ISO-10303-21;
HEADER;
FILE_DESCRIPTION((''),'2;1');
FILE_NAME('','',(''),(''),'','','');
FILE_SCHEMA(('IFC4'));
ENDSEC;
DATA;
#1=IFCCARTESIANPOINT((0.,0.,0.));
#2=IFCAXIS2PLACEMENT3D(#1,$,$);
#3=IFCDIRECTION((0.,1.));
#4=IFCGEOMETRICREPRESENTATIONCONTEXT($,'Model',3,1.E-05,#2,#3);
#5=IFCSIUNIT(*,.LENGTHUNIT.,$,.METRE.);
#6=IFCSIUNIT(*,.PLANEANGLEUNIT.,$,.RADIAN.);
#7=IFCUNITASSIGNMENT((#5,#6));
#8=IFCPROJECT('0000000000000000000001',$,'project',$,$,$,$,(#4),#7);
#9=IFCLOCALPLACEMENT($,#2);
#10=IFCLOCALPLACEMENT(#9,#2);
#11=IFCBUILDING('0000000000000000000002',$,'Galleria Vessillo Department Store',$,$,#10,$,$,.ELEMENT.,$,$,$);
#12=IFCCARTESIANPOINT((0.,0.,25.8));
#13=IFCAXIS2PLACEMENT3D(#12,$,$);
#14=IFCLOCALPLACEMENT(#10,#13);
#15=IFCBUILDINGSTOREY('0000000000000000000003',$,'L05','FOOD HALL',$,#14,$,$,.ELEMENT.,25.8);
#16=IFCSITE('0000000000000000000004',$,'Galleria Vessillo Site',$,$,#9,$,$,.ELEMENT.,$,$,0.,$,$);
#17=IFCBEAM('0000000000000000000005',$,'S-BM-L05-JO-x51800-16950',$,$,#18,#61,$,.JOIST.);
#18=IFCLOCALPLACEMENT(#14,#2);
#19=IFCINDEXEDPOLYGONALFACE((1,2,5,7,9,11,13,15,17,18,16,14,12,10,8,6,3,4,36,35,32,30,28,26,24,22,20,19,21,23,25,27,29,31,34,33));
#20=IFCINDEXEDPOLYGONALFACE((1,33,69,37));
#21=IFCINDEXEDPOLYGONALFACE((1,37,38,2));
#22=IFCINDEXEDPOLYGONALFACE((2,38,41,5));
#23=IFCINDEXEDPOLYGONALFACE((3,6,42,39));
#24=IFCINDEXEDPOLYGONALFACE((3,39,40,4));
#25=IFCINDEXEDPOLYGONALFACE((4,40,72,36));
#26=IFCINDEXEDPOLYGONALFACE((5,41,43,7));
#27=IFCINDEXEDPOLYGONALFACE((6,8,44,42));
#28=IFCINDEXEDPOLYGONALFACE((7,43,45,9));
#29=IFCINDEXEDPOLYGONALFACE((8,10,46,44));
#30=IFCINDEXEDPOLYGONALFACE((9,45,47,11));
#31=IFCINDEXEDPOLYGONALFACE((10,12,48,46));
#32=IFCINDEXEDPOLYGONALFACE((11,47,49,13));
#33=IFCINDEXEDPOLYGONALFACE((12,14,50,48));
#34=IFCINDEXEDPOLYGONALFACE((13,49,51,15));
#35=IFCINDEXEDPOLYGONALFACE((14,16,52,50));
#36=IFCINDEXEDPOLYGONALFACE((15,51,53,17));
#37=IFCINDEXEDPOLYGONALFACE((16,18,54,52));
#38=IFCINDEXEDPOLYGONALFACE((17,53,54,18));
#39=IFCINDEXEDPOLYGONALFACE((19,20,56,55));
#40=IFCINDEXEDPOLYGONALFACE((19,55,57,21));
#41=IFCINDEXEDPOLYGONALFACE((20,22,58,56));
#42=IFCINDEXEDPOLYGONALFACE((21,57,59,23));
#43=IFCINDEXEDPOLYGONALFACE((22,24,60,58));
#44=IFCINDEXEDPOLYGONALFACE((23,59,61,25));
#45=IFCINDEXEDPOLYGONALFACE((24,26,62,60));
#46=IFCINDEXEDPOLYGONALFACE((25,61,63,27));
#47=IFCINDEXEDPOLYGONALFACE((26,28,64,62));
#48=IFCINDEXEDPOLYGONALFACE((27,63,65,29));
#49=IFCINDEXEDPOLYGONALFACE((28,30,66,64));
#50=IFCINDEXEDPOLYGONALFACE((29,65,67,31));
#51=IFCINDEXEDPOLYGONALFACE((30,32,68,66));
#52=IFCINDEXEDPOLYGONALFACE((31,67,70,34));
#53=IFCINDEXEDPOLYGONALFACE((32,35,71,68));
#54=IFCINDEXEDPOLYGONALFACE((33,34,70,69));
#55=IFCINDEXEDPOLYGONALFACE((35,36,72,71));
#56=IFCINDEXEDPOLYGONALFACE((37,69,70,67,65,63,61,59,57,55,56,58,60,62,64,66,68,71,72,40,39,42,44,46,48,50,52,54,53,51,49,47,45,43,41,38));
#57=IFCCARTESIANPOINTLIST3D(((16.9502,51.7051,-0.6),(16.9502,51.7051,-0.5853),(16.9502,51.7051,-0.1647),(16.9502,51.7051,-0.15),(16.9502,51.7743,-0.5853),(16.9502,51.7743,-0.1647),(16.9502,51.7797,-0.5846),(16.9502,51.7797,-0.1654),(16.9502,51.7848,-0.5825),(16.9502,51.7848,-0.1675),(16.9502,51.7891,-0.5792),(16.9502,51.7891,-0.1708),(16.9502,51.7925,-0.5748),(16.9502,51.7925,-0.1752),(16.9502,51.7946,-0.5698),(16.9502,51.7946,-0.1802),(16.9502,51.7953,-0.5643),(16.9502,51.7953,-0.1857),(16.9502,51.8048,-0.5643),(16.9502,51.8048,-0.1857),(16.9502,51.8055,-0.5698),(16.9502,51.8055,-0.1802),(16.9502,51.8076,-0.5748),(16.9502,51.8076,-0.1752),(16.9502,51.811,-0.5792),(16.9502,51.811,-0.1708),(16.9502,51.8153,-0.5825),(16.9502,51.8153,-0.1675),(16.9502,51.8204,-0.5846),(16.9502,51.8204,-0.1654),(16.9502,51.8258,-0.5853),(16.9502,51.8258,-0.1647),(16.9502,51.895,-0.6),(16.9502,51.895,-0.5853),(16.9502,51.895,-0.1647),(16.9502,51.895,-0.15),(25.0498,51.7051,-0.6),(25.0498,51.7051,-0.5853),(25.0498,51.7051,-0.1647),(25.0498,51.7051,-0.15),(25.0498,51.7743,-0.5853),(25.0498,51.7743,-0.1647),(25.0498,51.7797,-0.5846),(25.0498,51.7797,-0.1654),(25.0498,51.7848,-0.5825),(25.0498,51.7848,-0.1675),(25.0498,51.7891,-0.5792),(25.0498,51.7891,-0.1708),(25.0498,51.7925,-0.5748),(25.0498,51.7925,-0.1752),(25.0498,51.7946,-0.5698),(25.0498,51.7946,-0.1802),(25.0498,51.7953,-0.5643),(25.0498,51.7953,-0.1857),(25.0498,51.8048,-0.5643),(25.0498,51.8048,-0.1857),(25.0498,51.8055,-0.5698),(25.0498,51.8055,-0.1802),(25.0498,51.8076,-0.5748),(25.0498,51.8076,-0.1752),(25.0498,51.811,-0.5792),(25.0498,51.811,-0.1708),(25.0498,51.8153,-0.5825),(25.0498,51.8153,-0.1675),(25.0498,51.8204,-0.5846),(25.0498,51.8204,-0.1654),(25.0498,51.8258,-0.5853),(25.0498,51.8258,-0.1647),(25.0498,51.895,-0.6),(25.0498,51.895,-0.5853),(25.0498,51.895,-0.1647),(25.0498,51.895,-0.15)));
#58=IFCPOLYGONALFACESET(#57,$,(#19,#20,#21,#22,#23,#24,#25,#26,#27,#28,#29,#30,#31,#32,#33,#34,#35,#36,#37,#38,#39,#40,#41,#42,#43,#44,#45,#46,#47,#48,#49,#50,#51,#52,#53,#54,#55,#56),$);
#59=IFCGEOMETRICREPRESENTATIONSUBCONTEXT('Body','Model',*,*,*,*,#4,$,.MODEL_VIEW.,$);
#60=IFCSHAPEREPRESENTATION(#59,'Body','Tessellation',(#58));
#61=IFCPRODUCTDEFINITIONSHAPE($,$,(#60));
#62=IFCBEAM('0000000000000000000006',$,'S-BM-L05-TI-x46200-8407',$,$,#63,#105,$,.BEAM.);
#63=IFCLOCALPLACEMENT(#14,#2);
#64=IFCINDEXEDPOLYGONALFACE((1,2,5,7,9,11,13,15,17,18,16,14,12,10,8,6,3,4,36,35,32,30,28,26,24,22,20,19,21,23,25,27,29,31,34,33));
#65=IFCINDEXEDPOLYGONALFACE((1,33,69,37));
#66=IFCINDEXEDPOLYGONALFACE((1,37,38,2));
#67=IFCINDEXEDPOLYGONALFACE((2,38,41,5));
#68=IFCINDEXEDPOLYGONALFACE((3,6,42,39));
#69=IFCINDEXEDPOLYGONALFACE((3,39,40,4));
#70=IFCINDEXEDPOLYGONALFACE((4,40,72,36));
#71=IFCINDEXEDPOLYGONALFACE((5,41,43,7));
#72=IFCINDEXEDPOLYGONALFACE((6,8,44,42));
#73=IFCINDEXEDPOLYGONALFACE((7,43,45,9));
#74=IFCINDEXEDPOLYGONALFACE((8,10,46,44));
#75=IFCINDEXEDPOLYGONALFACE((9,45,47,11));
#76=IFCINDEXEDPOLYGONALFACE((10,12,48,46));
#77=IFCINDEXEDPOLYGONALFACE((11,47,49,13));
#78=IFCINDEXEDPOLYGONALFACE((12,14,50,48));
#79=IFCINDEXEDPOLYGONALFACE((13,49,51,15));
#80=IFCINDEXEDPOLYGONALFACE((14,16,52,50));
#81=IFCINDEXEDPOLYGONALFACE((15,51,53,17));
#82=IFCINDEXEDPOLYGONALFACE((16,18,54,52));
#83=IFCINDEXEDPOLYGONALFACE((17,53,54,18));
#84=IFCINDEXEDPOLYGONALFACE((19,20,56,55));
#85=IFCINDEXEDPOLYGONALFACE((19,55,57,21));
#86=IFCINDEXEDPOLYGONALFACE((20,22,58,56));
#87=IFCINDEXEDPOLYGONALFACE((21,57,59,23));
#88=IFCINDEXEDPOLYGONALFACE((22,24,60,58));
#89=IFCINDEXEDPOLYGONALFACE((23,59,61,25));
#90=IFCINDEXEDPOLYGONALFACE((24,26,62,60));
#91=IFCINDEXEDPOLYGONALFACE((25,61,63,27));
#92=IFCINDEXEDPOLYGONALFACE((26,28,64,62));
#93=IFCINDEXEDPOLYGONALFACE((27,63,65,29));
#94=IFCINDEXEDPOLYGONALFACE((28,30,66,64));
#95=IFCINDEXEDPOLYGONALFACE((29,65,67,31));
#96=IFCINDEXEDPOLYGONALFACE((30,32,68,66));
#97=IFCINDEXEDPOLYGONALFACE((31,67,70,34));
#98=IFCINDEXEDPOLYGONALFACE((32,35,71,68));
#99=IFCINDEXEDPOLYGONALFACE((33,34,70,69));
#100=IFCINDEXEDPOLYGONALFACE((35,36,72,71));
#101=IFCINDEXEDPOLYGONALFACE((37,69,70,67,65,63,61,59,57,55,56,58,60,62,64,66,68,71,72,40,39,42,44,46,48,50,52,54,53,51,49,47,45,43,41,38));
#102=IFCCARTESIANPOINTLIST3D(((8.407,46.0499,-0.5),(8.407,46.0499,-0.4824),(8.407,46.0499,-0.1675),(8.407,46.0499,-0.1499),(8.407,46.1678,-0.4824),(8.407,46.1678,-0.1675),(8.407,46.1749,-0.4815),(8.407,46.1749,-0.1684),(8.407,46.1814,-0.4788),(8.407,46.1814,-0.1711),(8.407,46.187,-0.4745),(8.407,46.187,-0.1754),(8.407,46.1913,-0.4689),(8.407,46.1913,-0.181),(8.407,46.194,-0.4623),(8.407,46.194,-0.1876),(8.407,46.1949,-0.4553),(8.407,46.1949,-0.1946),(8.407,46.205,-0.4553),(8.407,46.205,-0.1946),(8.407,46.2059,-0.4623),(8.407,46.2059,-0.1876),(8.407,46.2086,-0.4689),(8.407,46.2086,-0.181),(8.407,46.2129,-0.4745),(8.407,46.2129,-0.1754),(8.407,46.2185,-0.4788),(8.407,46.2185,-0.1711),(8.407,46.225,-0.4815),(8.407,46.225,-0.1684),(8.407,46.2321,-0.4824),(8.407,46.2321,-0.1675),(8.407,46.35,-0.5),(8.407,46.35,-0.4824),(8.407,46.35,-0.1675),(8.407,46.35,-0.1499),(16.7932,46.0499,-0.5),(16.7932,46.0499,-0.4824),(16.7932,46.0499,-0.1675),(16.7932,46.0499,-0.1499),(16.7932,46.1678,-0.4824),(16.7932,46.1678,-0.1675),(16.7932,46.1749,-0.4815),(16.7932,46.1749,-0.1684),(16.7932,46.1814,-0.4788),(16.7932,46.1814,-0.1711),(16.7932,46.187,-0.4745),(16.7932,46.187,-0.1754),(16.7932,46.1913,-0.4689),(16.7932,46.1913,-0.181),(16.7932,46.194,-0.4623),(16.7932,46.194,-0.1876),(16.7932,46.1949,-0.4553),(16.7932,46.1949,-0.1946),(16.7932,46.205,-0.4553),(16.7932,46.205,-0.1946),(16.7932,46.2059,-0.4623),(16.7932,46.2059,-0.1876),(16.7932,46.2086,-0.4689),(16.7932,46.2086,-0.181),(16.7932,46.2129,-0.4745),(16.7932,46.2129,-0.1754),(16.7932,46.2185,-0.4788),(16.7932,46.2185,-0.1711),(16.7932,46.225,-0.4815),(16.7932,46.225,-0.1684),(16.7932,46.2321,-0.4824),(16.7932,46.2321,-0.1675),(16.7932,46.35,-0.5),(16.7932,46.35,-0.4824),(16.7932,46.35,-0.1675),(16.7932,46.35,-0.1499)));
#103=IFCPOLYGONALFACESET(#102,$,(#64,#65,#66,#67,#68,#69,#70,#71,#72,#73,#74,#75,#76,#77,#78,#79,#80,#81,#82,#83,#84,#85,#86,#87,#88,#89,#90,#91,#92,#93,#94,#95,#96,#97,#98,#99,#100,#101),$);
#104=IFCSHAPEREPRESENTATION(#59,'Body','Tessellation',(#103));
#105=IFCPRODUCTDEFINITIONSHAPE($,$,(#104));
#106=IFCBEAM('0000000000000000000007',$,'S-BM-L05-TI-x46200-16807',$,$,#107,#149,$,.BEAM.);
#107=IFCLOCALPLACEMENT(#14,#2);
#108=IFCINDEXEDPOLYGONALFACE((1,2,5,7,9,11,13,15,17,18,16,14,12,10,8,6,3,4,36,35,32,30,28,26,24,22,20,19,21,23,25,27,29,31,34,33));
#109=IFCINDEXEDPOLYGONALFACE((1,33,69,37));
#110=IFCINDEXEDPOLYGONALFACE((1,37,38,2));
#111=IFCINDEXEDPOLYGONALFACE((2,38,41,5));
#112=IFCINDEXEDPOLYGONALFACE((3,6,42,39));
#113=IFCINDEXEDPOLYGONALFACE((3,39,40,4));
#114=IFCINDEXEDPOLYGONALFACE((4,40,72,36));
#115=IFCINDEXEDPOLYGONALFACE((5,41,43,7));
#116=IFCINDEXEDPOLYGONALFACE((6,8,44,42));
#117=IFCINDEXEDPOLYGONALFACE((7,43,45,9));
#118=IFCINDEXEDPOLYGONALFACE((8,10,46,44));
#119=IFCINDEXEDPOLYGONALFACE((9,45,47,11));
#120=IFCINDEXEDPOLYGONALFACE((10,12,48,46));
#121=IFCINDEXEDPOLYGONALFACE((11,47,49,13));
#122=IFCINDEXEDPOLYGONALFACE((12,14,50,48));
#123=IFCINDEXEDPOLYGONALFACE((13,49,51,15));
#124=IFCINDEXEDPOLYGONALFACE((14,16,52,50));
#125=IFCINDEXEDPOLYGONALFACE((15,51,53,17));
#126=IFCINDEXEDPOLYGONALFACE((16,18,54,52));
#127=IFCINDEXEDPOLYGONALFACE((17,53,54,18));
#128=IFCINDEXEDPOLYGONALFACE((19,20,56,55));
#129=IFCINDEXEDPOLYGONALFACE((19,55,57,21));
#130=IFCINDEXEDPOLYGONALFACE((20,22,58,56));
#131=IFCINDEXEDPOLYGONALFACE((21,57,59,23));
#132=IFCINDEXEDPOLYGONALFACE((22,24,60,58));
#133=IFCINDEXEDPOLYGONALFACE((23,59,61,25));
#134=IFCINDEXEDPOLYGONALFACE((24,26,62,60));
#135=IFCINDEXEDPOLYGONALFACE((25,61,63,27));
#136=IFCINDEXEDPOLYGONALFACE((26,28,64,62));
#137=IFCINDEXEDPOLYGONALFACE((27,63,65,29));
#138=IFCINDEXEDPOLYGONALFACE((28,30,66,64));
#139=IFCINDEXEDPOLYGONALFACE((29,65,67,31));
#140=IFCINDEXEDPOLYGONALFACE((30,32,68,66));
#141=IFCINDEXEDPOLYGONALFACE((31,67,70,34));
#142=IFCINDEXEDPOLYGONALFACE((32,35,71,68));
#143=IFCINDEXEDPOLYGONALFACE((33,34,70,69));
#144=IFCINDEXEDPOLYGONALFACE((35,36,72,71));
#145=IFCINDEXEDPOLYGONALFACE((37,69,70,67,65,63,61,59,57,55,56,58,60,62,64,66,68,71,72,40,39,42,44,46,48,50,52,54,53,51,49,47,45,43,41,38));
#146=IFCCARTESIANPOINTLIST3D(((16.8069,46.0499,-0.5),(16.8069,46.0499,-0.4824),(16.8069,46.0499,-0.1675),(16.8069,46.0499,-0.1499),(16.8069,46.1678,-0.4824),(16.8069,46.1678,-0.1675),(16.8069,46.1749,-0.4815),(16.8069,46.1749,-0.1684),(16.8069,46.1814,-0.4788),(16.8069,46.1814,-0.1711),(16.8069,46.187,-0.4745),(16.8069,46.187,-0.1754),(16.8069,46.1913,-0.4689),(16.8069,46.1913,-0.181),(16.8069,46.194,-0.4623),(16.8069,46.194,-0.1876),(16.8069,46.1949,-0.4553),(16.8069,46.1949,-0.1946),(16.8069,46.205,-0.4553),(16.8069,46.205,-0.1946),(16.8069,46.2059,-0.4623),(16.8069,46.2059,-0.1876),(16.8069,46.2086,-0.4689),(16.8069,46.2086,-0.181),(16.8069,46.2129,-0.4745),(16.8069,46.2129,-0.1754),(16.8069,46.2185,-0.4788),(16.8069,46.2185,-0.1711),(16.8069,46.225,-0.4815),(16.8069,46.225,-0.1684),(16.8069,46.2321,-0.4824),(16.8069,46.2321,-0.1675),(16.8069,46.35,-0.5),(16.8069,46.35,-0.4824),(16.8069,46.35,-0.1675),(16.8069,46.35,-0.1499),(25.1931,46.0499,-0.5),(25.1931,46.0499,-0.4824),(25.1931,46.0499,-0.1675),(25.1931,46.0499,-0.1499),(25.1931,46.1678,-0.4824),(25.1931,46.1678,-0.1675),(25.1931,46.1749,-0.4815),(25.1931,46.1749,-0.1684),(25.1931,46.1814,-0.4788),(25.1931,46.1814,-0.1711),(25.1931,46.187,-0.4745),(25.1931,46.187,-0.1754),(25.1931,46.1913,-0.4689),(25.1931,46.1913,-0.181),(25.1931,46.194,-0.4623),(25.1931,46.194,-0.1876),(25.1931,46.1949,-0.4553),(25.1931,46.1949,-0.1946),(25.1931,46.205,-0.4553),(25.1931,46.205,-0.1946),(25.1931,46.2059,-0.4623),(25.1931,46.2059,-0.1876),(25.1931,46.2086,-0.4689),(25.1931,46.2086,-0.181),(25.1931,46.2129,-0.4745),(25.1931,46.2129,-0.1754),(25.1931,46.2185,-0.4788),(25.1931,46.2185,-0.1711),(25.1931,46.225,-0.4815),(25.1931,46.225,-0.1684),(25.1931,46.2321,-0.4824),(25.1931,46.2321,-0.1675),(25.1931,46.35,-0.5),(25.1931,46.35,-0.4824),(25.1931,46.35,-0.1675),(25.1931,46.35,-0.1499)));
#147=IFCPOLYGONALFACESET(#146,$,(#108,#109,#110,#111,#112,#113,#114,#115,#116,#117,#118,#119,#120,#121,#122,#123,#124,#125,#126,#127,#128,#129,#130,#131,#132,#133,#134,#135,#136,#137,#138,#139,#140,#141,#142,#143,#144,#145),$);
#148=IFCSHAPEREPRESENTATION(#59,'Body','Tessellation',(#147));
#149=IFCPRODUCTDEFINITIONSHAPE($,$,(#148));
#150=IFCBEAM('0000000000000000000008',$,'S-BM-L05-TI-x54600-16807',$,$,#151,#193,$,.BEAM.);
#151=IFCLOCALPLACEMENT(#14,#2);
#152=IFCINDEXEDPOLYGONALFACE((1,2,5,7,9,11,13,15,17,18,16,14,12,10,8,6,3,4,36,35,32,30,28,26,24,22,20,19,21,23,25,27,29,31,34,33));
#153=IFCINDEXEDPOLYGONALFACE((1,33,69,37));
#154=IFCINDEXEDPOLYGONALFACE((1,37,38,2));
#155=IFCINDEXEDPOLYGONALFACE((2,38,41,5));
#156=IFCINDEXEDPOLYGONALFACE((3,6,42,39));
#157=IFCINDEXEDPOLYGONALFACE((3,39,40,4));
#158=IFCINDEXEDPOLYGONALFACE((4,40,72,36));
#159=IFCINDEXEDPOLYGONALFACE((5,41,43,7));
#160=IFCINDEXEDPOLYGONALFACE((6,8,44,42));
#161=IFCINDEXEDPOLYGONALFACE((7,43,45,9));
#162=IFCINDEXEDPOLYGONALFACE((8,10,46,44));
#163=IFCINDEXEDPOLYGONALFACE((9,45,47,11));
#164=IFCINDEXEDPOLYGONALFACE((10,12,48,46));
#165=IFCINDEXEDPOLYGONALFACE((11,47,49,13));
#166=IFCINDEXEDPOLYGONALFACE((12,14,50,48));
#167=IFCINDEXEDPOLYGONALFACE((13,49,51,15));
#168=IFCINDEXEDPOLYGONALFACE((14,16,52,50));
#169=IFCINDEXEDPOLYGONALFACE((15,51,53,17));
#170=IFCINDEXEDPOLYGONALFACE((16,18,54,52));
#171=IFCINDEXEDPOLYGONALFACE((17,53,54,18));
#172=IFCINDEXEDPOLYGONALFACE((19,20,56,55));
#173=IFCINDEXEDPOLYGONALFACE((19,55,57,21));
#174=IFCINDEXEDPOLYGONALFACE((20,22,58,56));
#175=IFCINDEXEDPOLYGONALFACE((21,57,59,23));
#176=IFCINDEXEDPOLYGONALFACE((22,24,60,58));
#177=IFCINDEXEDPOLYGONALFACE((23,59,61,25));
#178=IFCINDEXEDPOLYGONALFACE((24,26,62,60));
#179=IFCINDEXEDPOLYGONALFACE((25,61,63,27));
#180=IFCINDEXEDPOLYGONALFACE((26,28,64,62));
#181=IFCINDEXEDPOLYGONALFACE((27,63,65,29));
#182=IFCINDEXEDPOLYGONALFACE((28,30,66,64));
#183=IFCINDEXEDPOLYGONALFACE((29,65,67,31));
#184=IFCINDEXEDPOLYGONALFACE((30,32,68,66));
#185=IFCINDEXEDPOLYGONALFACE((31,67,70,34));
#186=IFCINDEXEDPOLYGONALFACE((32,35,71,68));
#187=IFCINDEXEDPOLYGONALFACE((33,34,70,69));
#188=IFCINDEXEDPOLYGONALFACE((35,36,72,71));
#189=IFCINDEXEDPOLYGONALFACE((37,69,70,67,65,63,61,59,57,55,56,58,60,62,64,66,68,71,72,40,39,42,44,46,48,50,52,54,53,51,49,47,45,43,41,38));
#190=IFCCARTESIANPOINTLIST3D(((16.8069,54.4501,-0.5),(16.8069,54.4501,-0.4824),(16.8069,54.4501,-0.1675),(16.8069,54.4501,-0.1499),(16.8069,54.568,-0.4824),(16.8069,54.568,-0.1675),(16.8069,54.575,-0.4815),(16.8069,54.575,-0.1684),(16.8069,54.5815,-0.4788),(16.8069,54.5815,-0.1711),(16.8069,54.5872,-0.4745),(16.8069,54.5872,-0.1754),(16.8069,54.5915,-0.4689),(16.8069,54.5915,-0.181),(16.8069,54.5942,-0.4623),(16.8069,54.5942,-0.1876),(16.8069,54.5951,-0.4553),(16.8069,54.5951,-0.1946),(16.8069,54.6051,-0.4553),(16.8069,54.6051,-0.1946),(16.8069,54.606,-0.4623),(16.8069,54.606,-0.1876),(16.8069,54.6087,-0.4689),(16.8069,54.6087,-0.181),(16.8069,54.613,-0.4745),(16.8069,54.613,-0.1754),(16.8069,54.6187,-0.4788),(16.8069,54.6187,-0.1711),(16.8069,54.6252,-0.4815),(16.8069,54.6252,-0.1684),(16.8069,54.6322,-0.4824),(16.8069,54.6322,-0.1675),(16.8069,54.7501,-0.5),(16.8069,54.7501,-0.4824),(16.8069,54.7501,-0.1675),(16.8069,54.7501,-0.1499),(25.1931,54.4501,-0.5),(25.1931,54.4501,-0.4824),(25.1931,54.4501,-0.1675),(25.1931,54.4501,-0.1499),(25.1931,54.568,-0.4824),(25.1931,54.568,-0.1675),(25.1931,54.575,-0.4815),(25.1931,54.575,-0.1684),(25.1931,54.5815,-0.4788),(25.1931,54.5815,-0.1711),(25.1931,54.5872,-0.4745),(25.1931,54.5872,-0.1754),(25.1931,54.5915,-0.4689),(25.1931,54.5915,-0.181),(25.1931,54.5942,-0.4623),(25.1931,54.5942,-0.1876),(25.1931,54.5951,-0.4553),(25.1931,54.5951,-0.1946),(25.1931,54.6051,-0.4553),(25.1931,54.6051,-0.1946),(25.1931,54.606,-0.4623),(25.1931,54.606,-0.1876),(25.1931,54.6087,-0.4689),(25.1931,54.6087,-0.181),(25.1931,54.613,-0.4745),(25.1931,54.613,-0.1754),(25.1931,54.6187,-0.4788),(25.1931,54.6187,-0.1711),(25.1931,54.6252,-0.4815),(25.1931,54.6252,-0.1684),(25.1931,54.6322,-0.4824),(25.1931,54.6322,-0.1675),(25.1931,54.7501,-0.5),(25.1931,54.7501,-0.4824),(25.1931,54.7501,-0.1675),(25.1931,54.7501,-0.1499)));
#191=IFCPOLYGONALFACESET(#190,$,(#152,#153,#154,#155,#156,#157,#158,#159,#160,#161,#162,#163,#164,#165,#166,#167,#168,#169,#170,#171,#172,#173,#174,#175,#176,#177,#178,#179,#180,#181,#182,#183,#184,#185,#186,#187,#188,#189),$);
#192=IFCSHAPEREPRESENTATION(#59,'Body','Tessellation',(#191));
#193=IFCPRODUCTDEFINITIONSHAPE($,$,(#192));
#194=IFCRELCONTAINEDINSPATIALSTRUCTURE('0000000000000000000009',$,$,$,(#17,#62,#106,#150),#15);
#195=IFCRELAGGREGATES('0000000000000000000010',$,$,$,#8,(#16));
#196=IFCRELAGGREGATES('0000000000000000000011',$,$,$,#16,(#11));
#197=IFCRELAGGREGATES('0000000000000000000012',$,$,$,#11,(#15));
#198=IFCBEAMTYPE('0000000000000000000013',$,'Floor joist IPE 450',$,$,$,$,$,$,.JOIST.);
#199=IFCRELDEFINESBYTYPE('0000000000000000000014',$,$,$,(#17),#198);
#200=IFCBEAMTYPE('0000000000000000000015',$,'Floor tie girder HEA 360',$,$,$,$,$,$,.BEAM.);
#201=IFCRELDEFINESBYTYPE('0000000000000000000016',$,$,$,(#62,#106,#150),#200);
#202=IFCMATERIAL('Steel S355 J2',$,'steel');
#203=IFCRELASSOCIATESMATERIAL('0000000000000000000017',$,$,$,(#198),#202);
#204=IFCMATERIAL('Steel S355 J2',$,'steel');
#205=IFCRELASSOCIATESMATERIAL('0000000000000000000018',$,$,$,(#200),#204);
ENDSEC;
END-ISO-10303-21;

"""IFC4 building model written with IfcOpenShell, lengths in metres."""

from ifc_helpers import new_model, si_unit, direction, frame, origin, origin_2d, place, context, subcontext, project, spatial, i_section, extrude, material, material_profile, profile_set, type_object, element, save


model = new_model("IFC4")

# Units and contexts
model_context = context("Model", 3, precision=1e-05, world=origin(), true_north=direction((0.0, 1.0)))
body_context = subcontext(model_context, "Body", "Model", "MODEL_VIEW")
ifc_project = project(units=[si_unit("LENGTHUNIT", "METRE"), si_unit("PLANEANGLEUNIT", "RADIAN")], contexts=[model_context])

# Site, building, storey
site_placement = place(None, origin())
site = spatial("IfcSite", under=ifc_project, at=site_placement, Name="Galleria Vessillo Site", CompositionType="ELEMENT", RefElevation=0.0)
building_placement = place(site_placement, origin())
building = spatial("IfcBuilding", under=site, at=building_placement, Name="Galleria Vessillo Department Store", CompositionType="ELEMENT")
storey_placement = place(building_placement, frame((0.0, 0.0, 25.8)))
storey = spatial("IfcBuildingStorey", under=building, at=storey_placement, Name="L05", Description="FOOD HALL", CompositionType="ELEMENT", Elevation=25.8)

# Beams
ifc_material_1 = material(Name="Steel S355 J2", Category="steel")
ifc_material_profile_1 = material_profile(ifc_material_1, i_section(OverallWidth=0.1899, OverallDepth=0.45, WebThickness=0.0095, FlangeThickness=0.0146, FilletRadius=0.021, at=origin_2d()), Name="IPE 450")
ifc_profile_set_1 = profile_set([ifc_material_profile_1], Name="Steel S355 J2")
beam_type_1 = type_object("IfcBeamType", Name="Floor joist IPE 450", PredefinedType="JOIST", material=ifc_profile_set_1)
for number, where, z_axis, x_axis, name in (
    (1, (16.9502, 51.8, -0.375), (1.0, 0.0, 0.0), (0.0, 1.0, 0.0), "S-BM-L05-JO-x51800-16950"),
):
    element("IfcBeam", number, at=place(storey_placement, frame(where, z_axis=z_axis, x_axis=x_axis)), inside=storey, type_object=beam_type_1, Name=name, PredefinedType="JOIST", context=body_context, shape_type="SweptSolid", body=[
        extrude(i_section(OverallWidth=0.1899, OverallDepth=0.45, WebThickness=0.0095, FlangeThickness=0.0146, FilletRadius=0.021, at=origin_2d()), origin(), (0.0, 0.0, 1.0), 8.0996),
    ])
ifc_material_2 = material(Name="Steel S355 J2", Category="steel")
ifc_material_profile_2 = material_profile(ifc_material_2, i_section(OverallWidth=0.3, OverallDepth=0.3501, WebThickness=0.01, FlangeThickness=0.0176, FilletRadius=0.0271, at=origin_2d()), Name="HEA 360")
ifc_profile_set_2 = profile_set([ifc_material_profile_2], Name="Steel S355 J2")
beam_type_2 = type_object("IfcBeamType", Name="Floor tie girder HEA 360", PredefinedType="BEAM", material=ifc_profile_set_2)
for number, where, z_axis, x_axis, name in (
    (2, (8.407, 46.2, -0.325), (1.0, 0.0, 0.0), (0.0, 1.0, 0.0), "S-BM-L05-TI-x46200-8407"),
    (3, (16.8069, 46.2, -0.325), (1.0, 0.0, 0.0), (0.0, 1.0, 0.0), "S-BM-L05-TI-x46200-16807"),
    (4, (16.8069, 54.6001, -0.325), (1.0, 0.0, 0.0), (0.0, 1.0, 0.0), "S-BM-L05-TI-x54600-16807"),
):
    element("IfcBeam", number, at=place(storey_placement, frame(where, z_axis=z_axis, x_axis=x_axis)), inside=storey, type_object=beam_type_2, Name=name, PredefinedType="BEAM", context=body_context, shape_type="SweptSolid", body=[
        extrude(i_section(OverallWidth=0.3, OverallDepth=0.3501, WebThickness=0.01, FlangeThickness=0.0176, FilletRadius=0.0271, at=origin_2d()), origin(), (0.0, 0.0, 1.0), 8.3862),
    ])

save(model, "model.ifc")
